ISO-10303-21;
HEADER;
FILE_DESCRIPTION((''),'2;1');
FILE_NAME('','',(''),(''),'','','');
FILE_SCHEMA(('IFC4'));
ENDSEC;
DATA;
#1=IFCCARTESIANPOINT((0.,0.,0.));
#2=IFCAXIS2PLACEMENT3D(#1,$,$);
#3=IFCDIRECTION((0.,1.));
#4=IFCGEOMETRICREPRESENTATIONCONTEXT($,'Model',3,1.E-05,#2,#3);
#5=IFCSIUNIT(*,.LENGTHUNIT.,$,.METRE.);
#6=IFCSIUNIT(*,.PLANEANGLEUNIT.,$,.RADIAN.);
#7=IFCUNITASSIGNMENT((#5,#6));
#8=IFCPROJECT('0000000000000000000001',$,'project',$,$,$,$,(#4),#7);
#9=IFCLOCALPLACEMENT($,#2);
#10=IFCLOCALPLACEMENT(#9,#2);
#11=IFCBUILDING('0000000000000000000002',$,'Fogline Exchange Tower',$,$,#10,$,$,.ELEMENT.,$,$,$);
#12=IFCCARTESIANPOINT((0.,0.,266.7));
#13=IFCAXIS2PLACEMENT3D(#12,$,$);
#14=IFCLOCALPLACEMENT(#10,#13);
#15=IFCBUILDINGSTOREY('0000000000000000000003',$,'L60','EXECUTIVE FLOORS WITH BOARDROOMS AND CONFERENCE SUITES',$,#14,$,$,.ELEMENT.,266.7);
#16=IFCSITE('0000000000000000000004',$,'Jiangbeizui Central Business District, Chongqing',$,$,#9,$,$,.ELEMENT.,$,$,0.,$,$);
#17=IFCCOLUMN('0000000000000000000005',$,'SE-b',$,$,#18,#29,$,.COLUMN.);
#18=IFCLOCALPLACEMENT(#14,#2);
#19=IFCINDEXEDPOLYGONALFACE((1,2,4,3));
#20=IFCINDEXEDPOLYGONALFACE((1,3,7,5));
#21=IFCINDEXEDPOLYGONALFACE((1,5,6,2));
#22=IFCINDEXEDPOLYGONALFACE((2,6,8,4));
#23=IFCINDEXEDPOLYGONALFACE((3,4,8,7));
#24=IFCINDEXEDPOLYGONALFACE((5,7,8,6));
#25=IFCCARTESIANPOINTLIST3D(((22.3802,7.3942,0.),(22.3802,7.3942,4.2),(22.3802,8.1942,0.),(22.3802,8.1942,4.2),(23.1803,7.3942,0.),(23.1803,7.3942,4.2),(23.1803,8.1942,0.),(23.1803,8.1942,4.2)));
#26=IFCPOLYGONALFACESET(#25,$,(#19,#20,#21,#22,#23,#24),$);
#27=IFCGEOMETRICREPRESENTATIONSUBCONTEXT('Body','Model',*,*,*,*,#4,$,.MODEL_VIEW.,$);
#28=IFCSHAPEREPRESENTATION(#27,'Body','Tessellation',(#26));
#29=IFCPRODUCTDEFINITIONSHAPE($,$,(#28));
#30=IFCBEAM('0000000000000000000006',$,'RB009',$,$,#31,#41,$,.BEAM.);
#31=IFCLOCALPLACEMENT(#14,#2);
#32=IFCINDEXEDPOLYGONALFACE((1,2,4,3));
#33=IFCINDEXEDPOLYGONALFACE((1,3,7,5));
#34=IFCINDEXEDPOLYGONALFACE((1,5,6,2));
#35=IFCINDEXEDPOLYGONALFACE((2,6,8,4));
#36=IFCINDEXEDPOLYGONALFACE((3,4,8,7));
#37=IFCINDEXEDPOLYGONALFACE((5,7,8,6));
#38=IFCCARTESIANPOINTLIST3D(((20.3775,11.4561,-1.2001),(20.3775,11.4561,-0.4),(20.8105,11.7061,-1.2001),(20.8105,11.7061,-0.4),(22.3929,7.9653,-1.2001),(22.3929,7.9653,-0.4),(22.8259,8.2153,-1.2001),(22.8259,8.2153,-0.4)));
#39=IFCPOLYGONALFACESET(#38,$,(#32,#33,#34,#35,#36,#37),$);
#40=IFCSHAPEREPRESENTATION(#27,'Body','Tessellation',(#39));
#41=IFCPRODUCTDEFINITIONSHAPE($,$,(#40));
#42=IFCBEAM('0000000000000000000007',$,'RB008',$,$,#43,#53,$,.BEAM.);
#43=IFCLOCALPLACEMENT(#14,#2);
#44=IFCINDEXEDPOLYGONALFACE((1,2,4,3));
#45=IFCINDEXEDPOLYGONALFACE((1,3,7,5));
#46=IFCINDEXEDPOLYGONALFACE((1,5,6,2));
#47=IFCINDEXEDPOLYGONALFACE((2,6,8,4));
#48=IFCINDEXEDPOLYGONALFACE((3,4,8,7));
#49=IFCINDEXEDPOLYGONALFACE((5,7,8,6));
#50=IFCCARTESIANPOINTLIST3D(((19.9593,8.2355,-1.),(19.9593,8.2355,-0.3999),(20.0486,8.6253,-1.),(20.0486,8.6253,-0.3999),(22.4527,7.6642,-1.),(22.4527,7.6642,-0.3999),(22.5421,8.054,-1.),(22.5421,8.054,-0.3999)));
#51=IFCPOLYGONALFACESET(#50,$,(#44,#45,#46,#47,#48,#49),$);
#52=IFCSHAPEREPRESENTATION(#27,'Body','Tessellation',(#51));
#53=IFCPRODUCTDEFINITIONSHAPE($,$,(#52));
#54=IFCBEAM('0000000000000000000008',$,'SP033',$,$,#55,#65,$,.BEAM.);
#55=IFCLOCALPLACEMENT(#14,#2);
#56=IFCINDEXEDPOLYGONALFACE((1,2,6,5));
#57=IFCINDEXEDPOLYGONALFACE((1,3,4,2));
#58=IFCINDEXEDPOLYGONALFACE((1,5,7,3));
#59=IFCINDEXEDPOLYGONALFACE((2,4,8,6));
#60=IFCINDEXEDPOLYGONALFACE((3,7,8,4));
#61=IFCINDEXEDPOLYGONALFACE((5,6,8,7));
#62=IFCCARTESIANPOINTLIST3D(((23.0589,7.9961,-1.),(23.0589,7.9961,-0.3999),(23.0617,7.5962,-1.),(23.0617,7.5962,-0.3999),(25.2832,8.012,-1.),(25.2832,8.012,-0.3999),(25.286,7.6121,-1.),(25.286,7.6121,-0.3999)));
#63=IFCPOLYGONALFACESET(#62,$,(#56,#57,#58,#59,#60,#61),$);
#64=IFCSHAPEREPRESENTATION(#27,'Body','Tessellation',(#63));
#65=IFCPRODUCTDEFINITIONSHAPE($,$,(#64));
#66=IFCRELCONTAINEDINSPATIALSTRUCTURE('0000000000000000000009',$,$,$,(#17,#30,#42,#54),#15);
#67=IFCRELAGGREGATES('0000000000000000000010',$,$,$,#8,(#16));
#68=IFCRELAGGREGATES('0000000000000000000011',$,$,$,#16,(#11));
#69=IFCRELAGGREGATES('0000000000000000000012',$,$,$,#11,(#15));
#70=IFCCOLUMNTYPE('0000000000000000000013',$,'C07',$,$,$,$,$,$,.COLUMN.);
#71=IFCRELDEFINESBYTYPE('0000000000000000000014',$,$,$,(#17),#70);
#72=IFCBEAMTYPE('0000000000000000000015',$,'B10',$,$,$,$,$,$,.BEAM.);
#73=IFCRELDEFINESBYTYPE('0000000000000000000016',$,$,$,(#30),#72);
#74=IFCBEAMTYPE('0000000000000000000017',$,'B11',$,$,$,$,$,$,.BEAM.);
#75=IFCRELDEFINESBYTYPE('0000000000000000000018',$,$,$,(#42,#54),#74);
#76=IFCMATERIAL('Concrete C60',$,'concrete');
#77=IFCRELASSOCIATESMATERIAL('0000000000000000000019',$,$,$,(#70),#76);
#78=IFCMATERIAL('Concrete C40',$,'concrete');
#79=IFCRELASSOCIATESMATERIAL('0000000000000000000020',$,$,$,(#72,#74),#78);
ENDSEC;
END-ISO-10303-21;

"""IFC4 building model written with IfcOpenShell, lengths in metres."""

from ifc_helpers import new_model, si_unit, direction, frame, origin, origin_2d, place, context, subcontext, project, spatial, rectangle, extrude, material, material_profile, profile_set, type_object, element, save


model = new_model("IFC4")

# Units and contexts
model_context = context("Model", 3, precision=1e-05, world=origin(), true_north=direction((0.0, 1.0)))
body_context = subcontext(model_context, "Body", "Model", "MODEL_VIEW")
ifc_project = project(units=[si_unit("LENGTHUNIT", "METRE"), si_unit("PLANEANGLEUNIT", "RADIAN")], contexts=[model_context])

# Site, building, storey
site_placement = place(None, origin())
site = spatial("IfcSite", under=ifc_project, at=site_placement, Name="Jiangbeizui Central Business District, Chongqing", CompositionType="ELEMENT", RefElevation=0.0)
building_placement = place(site_placement, origin())
building = spatial("IfcBuilding", under=site, at=building_placement, Name="Fogline Exchange Tower", CompositionType="ELEMENT")
storey_placement = place(building_placement, frame((0.0, 0.0, 266.7)))
storey = spatial("IfcBuildingStorey", under=building, at=storey_placement, Name="L60", Description="EXECUTIVE FLOORS WITH BOARDROOMS AND CONFERENCE SUITES", CompositionType="ELEMENT", Elevation=266.7)

# Column
ifc_material_1 = material(Name="Concrete C60", Category="concrete")
ifc_material_profile_1 = material_profile(ifc_material_1, rectangle(XDim=0.8, YDim=0.8, at=origin_2d()), Name="RC 800x800")
ifc_profile_set_1 = profile_set([ifc_material_profile_1], Name="Concrete C60")
column_type = type_object("IfcColumnType", Name="C07", PredefinedType="COLUMN", material=ifc_profile_set_1)
column_placement = place(storey_placement, frame((22.7803, 7.7942, 0.0), z_axis=(0.0, 0.0, 1.0), x_axis=(1.0, 0.0, 0.0)))
element("IfcColumn", 1, at=column_placement, inside=storey, type_object=column_type, Name="SE-b", PredefinedType="COLUMN", context=body_context, shape_type="SweptSolid", body=[
    extrude(rectangle(XDim=0.8, YDim=0.8, at=origin_2d()), origin(), (0.0, 0.0, 1.0), 4.2),
])

# Beams
ifc_material_2 = material(Name="Concrete C40", Category="concrete")
ifc_material_profile_2 = material_profile(ifc_material_2, rectangle(XDim=0.5, YDim=0.8, at=origin_2d()), Name="RC 500x800")
ifc_profile_set_2 = profile_set([ifc_material_profile_2], Name="Concrete C40")
beam_type_1 = type_object("IfcBeamType", Name="B10", PredefinedType="BEAM", material=ifc_profile_set_2)
beam_1_placement = place(storey_placement, frame((22.6094, 8.0903, -0.8), z_axis=(-0.500002, 0.866024, 0.0), x_axis=(-0.866024, -0.500002, 0.0)))
element("IfcBeam", 2, at=beam_1_placement, inside=storey, type_object=beam_type_1, Name="RB009", PredefinedType="BEAM", context=body_context, shape_type="SweptSolid", body=[
    extrude(rectangle(XDim=0.5, YDim=0.8, at=origin_2d()), origin(), (0.0, 0.0, 1.0), 4.0308),
])
ifc_material_profile_3 = material_profile(ifc_material_2, rectangle(XDim=0.3999, YDim=0.6001, at=origin_2d()), Name="RC 400x600")
ifc_profile_set_3 = profile_set([ifc_material_profile_3], Name="Concrete C40")
beam_type_2 = type_object("IfcBeamType", Name="B11", PredefinedType="BEAM", material=ifc_profile_set_3)
beam_2_placement = place(storey_placement, frame((20.0039, 8.4304, -0.7), z_axis=(0.974742, -0.223333, 0.0), x_axis=(0.223333, 0.974742, 0.0)))
element("IfcBeam", 3, at=beam_2_placement, inside=storey, type_object=beam_type_2, Name="RB008", PredefinedType="BEAM", context=body_context, shape_type="SweptSolid", body=[
    extrude(rectangle(XDim=0.3999, YDim=0.6001, at=origin_2d()), origin(), (0.0, 0.0, 1.0), 2.5581),
])
beam_3_placement = place(storey_placement, frame((23.0603, 7.7961, -0.7), z_axis=(0.999975, 0.007134, 0.0), x_axis=(-0.007134, 0.999975, 0.0)))
element("IfcBeam", 4, at=beam_3_placement, inside=storey, type_object=beam_type_2, Name="SP033", PredefinedType="BEAM", context=body_context, shape_type="SweptSolid", body=[
    extrude(rectangle(XDim=0.3999, YDim=0.6001, at=origin_2d()), origin(), (0.0, 0.0, 1.0), 2.2244),
])

save(model, "model.ifc")
